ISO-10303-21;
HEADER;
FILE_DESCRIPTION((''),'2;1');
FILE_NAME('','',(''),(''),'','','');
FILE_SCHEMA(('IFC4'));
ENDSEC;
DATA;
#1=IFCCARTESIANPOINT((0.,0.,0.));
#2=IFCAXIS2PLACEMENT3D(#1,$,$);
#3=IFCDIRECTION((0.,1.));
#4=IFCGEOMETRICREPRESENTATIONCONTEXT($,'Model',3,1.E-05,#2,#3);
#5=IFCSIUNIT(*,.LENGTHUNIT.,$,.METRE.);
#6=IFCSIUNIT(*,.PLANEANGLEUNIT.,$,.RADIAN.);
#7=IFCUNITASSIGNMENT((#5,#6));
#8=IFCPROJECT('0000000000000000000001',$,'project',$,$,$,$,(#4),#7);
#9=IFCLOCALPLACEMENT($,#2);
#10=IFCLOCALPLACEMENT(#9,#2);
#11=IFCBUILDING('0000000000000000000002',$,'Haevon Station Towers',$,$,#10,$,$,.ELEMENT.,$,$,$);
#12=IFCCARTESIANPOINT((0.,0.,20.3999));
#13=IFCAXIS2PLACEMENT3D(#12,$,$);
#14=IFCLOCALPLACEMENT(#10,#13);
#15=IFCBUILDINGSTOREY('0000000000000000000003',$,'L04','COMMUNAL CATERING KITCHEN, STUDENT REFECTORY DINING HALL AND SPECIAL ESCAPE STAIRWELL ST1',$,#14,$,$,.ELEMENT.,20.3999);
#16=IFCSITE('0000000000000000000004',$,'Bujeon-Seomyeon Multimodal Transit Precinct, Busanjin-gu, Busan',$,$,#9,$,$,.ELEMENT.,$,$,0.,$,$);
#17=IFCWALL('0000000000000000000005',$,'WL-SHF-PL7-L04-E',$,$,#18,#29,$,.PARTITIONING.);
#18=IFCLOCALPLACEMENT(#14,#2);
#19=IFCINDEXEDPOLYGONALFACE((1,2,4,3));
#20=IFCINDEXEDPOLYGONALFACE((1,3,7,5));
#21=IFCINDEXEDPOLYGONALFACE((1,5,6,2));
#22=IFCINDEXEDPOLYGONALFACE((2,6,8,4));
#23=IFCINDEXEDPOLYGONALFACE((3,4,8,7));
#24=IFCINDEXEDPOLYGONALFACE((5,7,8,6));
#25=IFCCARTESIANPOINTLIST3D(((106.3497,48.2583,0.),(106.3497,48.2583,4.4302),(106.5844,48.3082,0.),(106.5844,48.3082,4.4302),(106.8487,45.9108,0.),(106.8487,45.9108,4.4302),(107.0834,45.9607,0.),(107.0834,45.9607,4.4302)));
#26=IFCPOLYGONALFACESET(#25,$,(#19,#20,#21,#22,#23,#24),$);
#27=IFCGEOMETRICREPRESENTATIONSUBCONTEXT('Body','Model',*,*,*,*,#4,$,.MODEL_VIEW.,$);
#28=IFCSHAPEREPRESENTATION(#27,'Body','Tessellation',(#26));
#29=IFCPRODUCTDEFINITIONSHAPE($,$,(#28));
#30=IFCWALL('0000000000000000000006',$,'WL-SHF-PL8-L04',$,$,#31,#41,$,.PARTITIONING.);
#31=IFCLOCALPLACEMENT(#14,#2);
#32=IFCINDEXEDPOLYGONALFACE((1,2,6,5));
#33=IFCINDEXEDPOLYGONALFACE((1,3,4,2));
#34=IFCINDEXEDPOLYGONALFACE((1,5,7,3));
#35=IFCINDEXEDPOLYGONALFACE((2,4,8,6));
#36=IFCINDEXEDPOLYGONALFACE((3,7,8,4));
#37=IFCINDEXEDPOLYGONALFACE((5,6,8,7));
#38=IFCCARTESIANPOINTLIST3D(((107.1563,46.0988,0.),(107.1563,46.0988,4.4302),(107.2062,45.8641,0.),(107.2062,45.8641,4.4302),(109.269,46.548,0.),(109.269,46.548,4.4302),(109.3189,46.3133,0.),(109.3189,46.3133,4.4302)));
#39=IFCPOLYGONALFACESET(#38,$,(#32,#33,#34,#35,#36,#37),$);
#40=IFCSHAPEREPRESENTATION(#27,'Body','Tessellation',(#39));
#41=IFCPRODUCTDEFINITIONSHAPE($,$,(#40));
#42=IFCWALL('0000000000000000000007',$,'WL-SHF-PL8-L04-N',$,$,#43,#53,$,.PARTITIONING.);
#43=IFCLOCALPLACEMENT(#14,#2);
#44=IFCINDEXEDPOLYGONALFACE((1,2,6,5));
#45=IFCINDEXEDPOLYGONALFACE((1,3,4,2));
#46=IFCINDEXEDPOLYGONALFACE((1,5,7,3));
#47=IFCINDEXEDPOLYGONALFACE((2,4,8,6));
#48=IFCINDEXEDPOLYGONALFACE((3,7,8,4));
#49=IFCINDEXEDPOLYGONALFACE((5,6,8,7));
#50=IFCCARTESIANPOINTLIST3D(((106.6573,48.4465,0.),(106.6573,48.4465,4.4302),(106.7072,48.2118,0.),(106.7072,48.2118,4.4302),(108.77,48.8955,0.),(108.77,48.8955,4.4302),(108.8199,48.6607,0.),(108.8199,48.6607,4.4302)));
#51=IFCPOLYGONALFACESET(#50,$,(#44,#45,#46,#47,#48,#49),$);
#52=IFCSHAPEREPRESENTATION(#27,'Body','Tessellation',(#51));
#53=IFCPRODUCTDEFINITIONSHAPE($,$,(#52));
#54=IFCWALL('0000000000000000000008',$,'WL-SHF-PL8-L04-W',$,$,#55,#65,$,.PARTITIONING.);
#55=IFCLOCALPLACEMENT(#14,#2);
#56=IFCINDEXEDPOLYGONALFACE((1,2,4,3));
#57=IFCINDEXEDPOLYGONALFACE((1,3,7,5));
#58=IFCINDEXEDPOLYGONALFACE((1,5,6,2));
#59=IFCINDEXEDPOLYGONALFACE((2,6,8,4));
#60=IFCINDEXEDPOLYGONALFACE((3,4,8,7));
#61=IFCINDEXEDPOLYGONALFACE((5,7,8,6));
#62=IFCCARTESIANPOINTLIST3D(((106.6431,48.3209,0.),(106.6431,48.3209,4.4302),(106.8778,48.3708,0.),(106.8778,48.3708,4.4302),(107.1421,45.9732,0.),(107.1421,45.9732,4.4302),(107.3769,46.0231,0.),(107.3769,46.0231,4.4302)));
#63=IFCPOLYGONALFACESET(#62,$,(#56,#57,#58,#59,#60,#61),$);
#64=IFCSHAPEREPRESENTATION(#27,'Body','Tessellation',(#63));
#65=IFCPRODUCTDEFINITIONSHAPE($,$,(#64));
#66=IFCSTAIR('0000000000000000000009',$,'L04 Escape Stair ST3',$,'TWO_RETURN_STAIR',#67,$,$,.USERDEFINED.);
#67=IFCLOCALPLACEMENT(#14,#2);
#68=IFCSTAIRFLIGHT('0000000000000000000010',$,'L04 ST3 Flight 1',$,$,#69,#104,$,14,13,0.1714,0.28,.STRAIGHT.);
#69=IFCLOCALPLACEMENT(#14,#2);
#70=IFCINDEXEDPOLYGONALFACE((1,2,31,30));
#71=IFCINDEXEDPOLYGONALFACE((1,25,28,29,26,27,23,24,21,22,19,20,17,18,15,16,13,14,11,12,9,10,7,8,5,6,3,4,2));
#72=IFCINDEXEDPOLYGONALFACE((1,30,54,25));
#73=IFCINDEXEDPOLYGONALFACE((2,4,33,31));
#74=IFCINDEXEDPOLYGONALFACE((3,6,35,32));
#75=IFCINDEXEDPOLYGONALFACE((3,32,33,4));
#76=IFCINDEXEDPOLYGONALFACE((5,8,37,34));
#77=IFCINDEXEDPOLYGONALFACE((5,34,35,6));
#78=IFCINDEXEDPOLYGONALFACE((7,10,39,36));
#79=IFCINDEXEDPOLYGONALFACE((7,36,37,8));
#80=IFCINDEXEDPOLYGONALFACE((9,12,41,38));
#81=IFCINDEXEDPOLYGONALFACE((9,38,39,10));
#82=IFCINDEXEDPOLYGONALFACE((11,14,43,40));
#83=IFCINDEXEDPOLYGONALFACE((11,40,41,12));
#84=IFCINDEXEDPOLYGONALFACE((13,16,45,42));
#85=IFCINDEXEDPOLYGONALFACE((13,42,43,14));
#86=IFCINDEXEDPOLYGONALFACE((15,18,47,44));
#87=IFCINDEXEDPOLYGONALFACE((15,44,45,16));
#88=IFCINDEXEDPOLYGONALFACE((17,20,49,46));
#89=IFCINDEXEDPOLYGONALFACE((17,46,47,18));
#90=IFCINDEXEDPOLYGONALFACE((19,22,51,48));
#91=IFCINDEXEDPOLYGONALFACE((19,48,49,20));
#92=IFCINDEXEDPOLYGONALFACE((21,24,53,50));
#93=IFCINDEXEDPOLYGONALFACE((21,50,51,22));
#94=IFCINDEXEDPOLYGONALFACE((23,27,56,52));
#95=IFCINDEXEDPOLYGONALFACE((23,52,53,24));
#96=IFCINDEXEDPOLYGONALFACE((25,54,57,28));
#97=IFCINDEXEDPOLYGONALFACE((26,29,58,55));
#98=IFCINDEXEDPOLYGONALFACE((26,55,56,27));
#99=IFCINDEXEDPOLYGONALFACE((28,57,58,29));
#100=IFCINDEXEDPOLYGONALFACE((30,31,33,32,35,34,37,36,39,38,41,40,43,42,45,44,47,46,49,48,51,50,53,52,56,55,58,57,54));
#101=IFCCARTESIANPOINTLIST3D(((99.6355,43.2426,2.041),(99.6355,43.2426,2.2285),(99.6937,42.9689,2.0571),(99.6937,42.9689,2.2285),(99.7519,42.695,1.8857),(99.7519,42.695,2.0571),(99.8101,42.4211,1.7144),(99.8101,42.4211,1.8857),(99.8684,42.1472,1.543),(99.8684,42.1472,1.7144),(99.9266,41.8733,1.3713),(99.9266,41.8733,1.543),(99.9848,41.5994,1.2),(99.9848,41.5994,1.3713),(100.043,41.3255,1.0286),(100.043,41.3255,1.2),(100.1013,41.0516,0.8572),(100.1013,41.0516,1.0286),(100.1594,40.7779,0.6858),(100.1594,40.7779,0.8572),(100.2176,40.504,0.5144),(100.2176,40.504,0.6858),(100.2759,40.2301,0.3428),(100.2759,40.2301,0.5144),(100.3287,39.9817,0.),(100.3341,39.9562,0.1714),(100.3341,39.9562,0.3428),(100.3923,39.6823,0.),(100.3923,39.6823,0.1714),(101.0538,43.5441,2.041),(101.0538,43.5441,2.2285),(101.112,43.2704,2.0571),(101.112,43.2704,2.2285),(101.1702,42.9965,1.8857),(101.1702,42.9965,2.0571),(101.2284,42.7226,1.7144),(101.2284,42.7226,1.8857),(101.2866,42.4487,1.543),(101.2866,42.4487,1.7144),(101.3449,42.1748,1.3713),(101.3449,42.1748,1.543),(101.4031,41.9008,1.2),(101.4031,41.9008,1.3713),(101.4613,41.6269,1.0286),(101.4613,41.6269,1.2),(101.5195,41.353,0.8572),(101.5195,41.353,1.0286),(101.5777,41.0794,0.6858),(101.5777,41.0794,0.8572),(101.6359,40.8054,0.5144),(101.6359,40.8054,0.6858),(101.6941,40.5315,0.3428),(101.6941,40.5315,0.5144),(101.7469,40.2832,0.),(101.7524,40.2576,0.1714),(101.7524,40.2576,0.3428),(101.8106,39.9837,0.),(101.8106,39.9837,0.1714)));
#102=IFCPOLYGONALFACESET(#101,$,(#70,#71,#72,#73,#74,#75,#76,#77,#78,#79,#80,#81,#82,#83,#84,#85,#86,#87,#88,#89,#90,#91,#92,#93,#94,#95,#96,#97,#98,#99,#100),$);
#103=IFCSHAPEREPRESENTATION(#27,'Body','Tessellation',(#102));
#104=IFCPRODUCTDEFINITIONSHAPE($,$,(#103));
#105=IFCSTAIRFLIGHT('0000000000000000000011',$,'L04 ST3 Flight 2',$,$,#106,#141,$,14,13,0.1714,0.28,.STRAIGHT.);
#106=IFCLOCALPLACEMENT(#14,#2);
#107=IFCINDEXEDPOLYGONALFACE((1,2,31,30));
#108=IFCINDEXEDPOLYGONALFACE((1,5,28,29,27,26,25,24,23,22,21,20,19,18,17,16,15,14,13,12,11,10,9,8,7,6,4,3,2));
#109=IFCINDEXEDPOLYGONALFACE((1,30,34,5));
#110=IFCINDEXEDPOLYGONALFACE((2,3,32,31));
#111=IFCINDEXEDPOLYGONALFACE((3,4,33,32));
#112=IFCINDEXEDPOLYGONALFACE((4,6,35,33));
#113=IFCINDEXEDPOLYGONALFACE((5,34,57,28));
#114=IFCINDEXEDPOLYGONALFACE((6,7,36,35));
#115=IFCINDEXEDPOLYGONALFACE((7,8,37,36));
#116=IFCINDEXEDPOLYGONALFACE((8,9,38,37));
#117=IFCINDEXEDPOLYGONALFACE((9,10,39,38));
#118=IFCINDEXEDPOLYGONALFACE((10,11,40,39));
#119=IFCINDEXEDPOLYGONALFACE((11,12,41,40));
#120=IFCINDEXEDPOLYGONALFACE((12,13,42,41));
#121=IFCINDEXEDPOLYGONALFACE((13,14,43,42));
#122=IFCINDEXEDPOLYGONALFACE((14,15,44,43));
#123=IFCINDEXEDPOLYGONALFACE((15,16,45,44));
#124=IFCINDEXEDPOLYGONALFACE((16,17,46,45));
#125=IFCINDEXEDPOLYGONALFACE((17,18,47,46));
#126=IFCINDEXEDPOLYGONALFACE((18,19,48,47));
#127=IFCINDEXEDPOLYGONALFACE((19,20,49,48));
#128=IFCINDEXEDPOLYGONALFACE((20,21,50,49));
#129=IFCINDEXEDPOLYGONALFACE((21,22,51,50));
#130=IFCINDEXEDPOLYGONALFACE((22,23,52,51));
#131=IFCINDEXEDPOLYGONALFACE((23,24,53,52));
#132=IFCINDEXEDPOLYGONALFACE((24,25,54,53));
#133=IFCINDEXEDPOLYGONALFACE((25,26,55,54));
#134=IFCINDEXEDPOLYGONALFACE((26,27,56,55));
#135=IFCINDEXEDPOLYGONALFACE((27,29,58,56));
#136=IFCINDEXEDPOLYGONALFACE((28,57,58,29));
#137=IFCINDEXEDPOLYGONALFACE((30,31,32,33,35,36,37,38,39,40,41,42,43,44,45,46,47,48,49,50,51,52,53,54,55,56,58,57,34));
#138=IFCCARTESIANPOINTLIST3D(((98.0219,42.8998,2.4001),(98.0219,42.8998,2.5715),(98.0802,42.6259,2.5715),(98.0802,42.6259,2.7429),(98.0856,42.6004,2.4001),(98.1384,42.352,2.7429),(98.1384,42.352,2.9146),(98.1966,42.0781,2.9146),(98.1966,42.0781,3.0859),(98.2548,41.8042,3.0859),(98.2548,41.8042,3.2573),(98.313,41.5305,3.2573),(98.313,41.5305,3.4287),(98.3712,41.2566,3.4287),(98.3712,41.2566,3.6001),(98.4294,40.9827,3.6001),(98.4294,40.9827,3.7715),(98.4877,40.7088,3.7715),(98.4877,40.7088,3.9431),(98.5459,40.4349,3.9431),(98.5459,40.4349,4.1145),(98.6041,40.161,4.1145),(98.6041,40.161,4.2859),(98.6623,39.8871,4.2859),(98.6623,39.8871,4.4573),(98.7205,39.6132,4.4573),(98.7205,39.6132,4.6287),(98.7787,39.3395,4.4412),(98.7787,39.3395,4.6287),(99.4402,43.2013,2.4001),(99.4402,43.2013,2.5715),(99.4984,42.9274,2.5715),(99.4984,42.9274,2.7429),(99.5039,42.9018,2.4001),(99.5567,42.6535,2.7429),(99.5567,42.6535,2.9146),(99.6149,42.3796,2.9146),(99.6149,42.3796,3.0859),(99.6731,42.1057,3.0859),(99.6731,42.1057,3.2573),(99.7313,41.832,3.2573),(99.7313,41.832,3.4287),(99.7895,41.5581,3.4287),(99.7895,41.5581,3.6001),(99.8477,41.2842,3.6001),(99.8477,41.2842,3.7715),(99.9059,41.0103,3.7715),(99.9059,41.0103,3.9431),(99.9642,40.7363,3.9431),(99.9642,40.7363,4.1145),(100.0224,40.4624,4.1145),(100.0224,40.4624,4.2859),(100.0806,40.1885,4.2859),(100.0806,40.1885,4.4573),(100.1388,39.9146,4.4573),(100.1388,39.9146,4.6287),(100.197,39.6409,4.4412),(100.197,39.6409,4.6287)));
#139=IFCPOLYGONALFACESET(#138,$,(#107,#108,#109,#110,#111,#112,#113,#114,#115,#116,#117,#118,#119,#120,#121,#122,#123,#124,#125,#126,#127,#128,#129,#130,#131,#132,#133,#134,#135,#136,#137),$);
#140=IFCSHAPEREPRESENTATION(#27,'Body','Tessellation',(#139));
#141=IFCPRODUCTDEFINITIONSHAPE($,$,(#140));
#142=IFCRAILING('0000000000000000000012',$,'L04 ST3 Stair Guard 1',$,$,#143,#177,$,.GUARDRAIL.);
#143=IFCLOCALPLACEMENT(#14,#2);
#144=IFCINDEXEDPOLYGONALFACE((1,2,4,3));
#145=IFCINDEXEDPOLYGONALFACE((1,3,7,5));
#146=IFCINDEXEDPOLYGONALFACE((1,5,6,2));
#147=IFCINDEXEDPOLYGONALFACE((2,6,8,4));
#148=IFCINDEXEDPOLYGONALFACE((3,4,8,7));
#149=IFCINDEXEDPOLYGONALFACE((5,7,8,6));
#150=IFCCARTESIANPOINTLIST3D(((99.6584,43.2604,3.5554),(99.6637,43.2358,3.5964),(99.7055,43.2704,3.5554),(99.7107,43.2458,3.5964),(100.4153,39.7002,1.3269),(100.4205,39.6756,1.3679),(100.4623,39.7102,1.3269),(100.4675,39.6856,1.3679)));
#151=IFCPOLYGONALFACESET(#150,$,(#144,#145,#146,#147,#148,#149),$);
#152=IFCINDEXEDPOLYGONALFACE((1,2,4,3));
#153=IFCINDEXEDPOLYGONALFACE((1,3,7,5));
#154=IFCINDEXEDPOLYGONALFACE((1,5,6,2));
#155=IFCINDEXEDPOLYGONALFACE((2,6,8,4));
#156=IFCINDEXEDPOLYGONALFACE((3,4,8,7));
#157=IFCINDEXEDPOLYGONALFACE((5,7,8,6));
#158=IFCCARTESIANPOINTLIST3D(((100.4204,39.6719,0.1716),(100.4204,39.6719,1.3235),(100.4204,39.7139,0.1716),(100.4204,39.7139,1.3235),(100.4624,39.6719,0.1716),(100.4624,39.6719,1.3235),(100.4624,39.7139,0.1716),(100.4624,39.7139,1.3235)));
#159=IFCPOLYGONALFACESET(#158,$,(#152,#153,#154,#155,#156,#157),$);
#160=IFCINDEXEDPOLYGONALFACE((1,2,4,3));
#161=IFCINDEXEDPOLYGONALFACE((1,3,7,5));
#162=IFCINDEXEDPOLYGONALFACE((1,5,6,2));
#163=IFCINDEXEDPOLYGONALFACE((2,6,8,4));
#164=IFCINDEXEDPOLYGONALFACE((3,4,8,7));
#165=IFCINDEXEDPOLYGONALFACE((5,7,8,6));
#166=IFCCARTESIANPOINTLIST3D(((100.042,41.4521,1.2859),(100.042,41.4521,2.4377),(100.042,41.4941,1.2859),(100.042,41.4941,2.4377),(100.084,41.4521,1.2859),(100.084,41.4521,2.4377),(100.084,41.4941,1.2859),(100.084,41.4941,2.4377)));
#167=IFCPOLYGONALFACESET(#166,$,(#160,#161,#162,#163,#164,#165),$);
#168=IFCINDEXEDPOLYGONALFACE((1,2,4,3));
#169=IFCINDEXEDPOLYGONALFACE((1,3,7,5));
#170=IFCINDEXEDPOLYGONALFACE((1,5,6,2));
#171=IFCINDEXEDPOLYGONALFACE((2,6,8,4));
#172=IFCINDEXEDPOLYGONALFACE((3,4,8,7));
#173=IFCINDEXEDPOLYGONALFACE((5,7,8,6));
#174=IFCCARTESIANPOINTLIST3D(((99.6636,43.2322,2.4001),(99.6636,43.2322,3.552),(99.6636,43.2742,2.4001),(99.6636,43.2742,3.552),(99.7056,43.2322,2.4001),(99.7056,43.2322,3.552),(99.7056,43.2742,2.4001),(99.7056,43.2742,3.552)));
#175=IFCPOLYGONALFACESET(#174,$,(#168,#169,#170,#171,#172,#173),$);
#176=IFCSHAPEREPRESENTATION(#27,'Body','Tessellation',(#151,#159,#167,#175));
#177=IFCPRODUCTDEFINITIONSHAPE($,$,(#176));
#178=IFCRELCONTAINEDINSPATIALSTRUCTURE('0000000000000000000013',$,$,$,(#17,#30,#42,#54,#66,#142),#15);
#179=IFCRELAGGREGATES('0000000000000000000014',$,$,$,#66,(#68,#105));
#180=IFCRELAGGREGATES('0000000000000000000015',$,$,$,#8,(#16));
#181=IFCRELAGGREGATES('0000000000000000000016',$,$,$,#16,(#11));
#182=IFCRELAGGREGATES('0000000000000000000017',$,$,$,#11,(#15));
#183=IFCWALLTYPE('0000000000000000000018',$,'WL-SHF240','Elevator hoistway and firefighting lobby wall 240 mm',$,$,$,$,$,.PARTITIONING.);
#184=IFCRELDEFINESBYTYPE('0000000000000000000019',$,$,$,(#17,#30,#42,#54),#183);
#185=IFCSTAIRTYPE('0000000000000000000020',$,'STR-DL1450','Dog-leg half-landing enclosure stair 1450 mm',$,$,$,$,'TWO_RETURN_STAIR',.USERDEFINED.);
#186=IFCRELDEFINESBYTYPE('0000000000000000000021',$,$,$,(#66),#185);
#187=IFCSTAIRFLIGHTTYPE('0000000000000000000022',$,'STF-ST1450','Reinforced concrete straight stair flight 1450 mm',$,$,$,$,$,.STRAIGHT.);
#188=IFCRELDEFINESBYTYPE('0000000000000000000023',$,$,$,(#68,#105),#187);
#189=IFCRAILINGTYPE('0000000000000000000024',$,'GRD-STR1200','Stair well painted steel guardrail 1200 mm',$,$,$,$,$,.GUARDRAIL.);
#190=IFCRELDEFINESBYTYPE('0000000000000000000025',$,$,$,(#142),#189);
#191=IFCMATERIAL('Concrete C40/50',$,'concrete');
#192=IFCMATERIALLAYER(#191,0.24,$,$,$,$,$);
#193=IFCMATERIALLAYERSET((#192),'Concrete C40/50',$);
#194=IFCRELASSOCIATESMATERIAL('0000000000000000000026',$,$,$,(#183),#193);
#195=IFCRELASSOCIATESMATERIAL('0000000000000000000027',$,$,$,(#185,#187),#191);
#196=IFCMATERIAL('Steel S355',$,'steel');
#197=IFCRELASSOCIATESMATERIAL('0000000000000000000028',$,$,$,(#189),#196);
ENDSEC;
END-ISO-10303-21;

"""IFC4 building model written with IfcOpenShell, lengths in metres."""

from ifc_helpers import new_model, si_unit, direction, frame, frame_2d, origin, origin_2d, place, context, subcontext, project, spatial, polyline, rectangle, outline, extrude, material, layer, layer_set, type_object, element, aggregate, save


model = new_model("IFC4")

# Units and contexts
model_context = context("Model", 3, precision=1e-05, world=origin(), true_north=direction((0.0, 1.0)))
body_context = subcontext(model_context, "Body", "Model", "MODEL_VIEW")
ifc_project = project(units=[si_unit("LENGTHUNIT", "METRE"), si_unit("PLANEANGLEUNIT", "RADIAN")], contexts=[model_context])

# Site, building, storey
site_placement = place(None, origin())
site = spatial("IfcSite", under=ifc_project, at=site_placement, Name="Bujeon-Seomyeon Multimodal Transit Precinct, Busanjin-gu, Busan", CompositionType="ELEMENT", RefElevation=0.0)
building_placement = place(site_placement, origin())
building = spatial("IfcBuilding", under=site, at=building_placement, Name="Haevon Station Towers", CompositionType="ELEMENT")
storey_placement = place(building_placement, frame((0.0, 0.0, 20.3999)))
storey = spatial("IfcBuildingStorey", under=building, at=storey_placement, Name="L04", Description="COMMUNAL CATERING KITCHEN, STUDENT REFECTORY DINING HALL AND SPECIAL ESCAPE STAIRWELL ST1", CompositionType="ELEMENT", Elevation=20.3999)

# Shared definitions
ifc_material_1 = material(Name="Steel S355", Category="steel")

# Shared definitions
ifc_material_2 = material(Name="Concrete C40/50", Category="concrete")
ifc_layer_1 = layer(ifc_material_2, 0.24)
ifc_layer_set_1 = layer_set([ifc_layer_1], Name="Concrete C40/50")
wall_type_1 = type_object("IfcWallType", Name="WL-SHF240", Description="Elevator hoistway and firefighting lobby wall 240 mm", PredefinedType="PARTITIONING", material=ifc_layer_set_1)

# Walls
wall_1_placement = place(storey_placement, frame((106.9661, 45.9358, 0.0), z_axis=(0.0, 0.0, 1.0), x_axis=(-0.207938, 0.978142, 0.0)))
element("IfcWall", 1, at=wall_1_placement, inside=storey, type_object=wall_type_1, Name="WL-SHF-PL7-L04-E", PredefinedType="PARTITIONING", context=body_context, shape_type="SweptSolid", body=[
    extrude(rectangle(XDim=2.3999, YDim=0.24, at=frame_2d((1.2, 0.0))), origin(), (0.0, 0.0, 1.0), 4.4302),
])
for number, where, z_axis, x_axis, name in (
    (2, (107.1812, 45.9814, 0.0), (0.0, 0.0, 1.0), (0.978135, 0.20797, 0.0), "WL-SHF-PL8-L04"),
    (3, (106.6821, 48.3291, 0.0), (0.0, 0.0, 1.0), (0.978158, 0.207861, 0.0), "WL-SHF-PL8-L04-N"),
):
    element("IfcWall", number, at=place(storey_placement, frame(where, z_axis=z_axis, x_axis=x_axis)), inside=storey, type_object=wall_type_1, Name=name, PredefinedType="PARTITIONING", context=body_context, shape_type="SweptSolid", body=[
        extrude(rectangle(XDim=2.1599, YDim=0.24, at=frame_2d((1.0801, 0.0))), origin(), (0.0, 0.0, 1.0), 4.4302),
    ])
wall_2_placement = place(storey_placement, frame((107.2595, 45.998, 0.0), z_axis=(0.0, 0.0, 1.0), x_axis=(-0.207917, 0.978146, 0.0)))
element("IfcWall", 4, at=wall_2_placement, inside=storey, type_object=wall_type_1, Name="WL-SHF-PL8-L04-W", PredefinedType="PARTITIONING", context=body_context, shape_type="SweptSolid", body=[
    extrude(rectangle(XDim=2.4001, YDim=0.24, at=frame_2d((1.2002, 0.0))), origin(), (0.0, 0.0, 1.0), 4.4302),
])

# Stair, stair flights
stair_type = type_object("IfcStairType", Name="STR-DL1450", Description="Dog-leg half-landing enclosure stair 1450 mm", ElementType="TWO_RETURN_STAIR", PredefinedType="USERDEFINED", material=ifc_material_2)
stair_placement = place(storey_placement, origin())
stair = element("IfcStair", 5, at=stair_placement, inside=storey, type_object=stair_type, Name="L04 Escape Stair ST3", ObjectType="TWO_RETURN_STAIR", PredefinedType="USERDEFINED")
stair_flight_type = type_object("IfcStairFlightType", Name="STF-ST1450", Description="Reinforced concrete straight stair flight 1450 mm", PredefinedType="STRAIGHT", material=ifc_material_2)
stair_flight_1_placement = place(storey_placement, frame((101.1016, 39.833, 0.0), z_axis=(0.0, 0.0, 1.0), x_axis=(-0.207912, 0.978148, 0.0)))
stair_flight_1 = element("IfcStairFlight", 6, at=stair_flight_1_placement, type_object=stair_flight_type, Name="L04 ST3 Flight 1", NumberOfRisers=14, NumberOfTreads=13, PredefinedType="STRAIGHT", RiserHeight=0.1714, TreadLength=0.28, context=body_context, shape_type="SweptSolid", body=[
    extrude(outline(polyline([(0.0, 0.0), (0.0, 0.1714), (0.28, 0.1714), (0.28, 0.3428), (0.5601, 0.3428), (0.5601, 0.5144), (0.8401, 0.5144), (0.8401, 0.6858), (1.1201, 0.6858), (1.1201, 0.8572), (1.3999, 0.8572), (1.3999, 1.0286), (1.6799, 1.0286), (1.6799, 1.2), (1.96, 1.2), (1.96, 1.3713), (2.24, 1.3713), (2.24, 1.543), (2.52, 1.543), (2.52, 1.7144), (2.8, 1.7144), (2.8, 1.8857), (3.0801, 1.8857), (3.0801, 2.0571), (3.3601, 2.0571), (3.3601, 2.2285), (3.6399, 2.2285), (3.6399, 2.3999), (3.6399, 2.041), (0.3062, 0.0), (0.0, 0.0)])), frame((0.0, 0.7251, 0.0), z_axis=(0.0, -1.0, 0.0), x_axis=(1.0, 0.0, 0.0)), (0.0, 0.0, 1.0), 1.45),
])
stair_flight_2_placement = place(storey_placement, frame((98.731, 43.0505, 2.4001), z_axis=(0.0, 0.0, 1.0), x_axis=(0.207912, -0.978148, 0.0)))
stair_flight_2 = element("IfcStairFlight", 7, at=stair_flight_2_placement, type_object=stair_flight_type, Name="L04 ST3 Flight 2", NumberOfRisers=14, NumberOfTreads=13, PredefinedType="STRAIGHT", RiserHeight=0.1714, TreadLength=0.28, context=body_context, shape_type="SweptSolid", body=[
    extrude(outline(polyline([(0.0, 0.0), (0.0, 0.1714), (0.28, 0.1714), (0.28, 0.3428), (0.5601, 0.3428), (0.5601, 0.5144), (0.8401, 0.5144), (0.8401, 0.6858), (1.1201, 0.6858), (1.1201, 0.8572), (1.3999, 0.8572), (1.3999, 1.0286), (1.6799, 1.0286), (1.6799, 1.2), (1.96, 1.2), (1.96, 1.3713), (2.24, 1.3713), (2.24, 1.543), (2.52, 1.543), (2.52, 1.7144), (2.8, 1.7144), (2.8, 1.8857), (3.0801, 1.8857), (3.0801, 2.0571), (3.3601, 2.0571), (3.3601, 2.2285), (3.6399, 2.2285), (3.6399, 2.3999), (3.6399, 2.041), (0.3062, 0.0), (0.0, 0.0)])), frame((0.0, 0.7251, 0.0), z_axis=(0.0, -1.0, 0.0), x_axis=(1.0, 0.0, 0.0)), (0.0, 0.0, 1.0), 1.45),
])
aggregate(stair, [stair_flight_1, stair_flight_2])

# Railing
railing_type_1 = type_object("IfcRailingType", Name="GRD-STR1200", Description="Stair well painted steel guardrail 1200 mm", PredefinedType="GUARDRAIL", material=ifc_material_1)
railing_1_placement = place(storey_placement, frame((100.4414, 39.6929, 0.1716)))
element("IfcRailing", 8, at=railing_1_placement, inside=storey, type_object=railing_type_1, Name="L04 ST3 Stair Guard 1", PredefinedType="GUARDRAIL", context=body_context, shape_type="SweptSolid", body=[
    extrude(rectangle(XDim=0.0481, YDim=0.0481, at=origin_2d()), frame((0.0, 0.0, 1.1758), z_axis=(-0.177333, 0.834208, 0.522159), x_axis=(-0.978144, -0.20793, 0.0)), (0.0, 0.0, 1.0), 4.2678),
    extrude(rectangle(XDim=0.042, YDim=0.042, at=origin_2d()), origin(), (0.0, 0.0, 1.0), 1.1519),
    extrude(rectangle(XDim=0.042, YDim=0.042, at=origin_2d()), frame((-0.3784, 1.7803, 1.1143)), (0.0, 0.0, 1.0), 1.1519),
    extrude(rectangle(XDim=0.042, YDim=0.042, at=origin_2d()), frame((-0.7568, 3.5603, 2.2285)), (0.0, 0.0, 1.0), 1.1519),
])

save(model, "model.ifc")
